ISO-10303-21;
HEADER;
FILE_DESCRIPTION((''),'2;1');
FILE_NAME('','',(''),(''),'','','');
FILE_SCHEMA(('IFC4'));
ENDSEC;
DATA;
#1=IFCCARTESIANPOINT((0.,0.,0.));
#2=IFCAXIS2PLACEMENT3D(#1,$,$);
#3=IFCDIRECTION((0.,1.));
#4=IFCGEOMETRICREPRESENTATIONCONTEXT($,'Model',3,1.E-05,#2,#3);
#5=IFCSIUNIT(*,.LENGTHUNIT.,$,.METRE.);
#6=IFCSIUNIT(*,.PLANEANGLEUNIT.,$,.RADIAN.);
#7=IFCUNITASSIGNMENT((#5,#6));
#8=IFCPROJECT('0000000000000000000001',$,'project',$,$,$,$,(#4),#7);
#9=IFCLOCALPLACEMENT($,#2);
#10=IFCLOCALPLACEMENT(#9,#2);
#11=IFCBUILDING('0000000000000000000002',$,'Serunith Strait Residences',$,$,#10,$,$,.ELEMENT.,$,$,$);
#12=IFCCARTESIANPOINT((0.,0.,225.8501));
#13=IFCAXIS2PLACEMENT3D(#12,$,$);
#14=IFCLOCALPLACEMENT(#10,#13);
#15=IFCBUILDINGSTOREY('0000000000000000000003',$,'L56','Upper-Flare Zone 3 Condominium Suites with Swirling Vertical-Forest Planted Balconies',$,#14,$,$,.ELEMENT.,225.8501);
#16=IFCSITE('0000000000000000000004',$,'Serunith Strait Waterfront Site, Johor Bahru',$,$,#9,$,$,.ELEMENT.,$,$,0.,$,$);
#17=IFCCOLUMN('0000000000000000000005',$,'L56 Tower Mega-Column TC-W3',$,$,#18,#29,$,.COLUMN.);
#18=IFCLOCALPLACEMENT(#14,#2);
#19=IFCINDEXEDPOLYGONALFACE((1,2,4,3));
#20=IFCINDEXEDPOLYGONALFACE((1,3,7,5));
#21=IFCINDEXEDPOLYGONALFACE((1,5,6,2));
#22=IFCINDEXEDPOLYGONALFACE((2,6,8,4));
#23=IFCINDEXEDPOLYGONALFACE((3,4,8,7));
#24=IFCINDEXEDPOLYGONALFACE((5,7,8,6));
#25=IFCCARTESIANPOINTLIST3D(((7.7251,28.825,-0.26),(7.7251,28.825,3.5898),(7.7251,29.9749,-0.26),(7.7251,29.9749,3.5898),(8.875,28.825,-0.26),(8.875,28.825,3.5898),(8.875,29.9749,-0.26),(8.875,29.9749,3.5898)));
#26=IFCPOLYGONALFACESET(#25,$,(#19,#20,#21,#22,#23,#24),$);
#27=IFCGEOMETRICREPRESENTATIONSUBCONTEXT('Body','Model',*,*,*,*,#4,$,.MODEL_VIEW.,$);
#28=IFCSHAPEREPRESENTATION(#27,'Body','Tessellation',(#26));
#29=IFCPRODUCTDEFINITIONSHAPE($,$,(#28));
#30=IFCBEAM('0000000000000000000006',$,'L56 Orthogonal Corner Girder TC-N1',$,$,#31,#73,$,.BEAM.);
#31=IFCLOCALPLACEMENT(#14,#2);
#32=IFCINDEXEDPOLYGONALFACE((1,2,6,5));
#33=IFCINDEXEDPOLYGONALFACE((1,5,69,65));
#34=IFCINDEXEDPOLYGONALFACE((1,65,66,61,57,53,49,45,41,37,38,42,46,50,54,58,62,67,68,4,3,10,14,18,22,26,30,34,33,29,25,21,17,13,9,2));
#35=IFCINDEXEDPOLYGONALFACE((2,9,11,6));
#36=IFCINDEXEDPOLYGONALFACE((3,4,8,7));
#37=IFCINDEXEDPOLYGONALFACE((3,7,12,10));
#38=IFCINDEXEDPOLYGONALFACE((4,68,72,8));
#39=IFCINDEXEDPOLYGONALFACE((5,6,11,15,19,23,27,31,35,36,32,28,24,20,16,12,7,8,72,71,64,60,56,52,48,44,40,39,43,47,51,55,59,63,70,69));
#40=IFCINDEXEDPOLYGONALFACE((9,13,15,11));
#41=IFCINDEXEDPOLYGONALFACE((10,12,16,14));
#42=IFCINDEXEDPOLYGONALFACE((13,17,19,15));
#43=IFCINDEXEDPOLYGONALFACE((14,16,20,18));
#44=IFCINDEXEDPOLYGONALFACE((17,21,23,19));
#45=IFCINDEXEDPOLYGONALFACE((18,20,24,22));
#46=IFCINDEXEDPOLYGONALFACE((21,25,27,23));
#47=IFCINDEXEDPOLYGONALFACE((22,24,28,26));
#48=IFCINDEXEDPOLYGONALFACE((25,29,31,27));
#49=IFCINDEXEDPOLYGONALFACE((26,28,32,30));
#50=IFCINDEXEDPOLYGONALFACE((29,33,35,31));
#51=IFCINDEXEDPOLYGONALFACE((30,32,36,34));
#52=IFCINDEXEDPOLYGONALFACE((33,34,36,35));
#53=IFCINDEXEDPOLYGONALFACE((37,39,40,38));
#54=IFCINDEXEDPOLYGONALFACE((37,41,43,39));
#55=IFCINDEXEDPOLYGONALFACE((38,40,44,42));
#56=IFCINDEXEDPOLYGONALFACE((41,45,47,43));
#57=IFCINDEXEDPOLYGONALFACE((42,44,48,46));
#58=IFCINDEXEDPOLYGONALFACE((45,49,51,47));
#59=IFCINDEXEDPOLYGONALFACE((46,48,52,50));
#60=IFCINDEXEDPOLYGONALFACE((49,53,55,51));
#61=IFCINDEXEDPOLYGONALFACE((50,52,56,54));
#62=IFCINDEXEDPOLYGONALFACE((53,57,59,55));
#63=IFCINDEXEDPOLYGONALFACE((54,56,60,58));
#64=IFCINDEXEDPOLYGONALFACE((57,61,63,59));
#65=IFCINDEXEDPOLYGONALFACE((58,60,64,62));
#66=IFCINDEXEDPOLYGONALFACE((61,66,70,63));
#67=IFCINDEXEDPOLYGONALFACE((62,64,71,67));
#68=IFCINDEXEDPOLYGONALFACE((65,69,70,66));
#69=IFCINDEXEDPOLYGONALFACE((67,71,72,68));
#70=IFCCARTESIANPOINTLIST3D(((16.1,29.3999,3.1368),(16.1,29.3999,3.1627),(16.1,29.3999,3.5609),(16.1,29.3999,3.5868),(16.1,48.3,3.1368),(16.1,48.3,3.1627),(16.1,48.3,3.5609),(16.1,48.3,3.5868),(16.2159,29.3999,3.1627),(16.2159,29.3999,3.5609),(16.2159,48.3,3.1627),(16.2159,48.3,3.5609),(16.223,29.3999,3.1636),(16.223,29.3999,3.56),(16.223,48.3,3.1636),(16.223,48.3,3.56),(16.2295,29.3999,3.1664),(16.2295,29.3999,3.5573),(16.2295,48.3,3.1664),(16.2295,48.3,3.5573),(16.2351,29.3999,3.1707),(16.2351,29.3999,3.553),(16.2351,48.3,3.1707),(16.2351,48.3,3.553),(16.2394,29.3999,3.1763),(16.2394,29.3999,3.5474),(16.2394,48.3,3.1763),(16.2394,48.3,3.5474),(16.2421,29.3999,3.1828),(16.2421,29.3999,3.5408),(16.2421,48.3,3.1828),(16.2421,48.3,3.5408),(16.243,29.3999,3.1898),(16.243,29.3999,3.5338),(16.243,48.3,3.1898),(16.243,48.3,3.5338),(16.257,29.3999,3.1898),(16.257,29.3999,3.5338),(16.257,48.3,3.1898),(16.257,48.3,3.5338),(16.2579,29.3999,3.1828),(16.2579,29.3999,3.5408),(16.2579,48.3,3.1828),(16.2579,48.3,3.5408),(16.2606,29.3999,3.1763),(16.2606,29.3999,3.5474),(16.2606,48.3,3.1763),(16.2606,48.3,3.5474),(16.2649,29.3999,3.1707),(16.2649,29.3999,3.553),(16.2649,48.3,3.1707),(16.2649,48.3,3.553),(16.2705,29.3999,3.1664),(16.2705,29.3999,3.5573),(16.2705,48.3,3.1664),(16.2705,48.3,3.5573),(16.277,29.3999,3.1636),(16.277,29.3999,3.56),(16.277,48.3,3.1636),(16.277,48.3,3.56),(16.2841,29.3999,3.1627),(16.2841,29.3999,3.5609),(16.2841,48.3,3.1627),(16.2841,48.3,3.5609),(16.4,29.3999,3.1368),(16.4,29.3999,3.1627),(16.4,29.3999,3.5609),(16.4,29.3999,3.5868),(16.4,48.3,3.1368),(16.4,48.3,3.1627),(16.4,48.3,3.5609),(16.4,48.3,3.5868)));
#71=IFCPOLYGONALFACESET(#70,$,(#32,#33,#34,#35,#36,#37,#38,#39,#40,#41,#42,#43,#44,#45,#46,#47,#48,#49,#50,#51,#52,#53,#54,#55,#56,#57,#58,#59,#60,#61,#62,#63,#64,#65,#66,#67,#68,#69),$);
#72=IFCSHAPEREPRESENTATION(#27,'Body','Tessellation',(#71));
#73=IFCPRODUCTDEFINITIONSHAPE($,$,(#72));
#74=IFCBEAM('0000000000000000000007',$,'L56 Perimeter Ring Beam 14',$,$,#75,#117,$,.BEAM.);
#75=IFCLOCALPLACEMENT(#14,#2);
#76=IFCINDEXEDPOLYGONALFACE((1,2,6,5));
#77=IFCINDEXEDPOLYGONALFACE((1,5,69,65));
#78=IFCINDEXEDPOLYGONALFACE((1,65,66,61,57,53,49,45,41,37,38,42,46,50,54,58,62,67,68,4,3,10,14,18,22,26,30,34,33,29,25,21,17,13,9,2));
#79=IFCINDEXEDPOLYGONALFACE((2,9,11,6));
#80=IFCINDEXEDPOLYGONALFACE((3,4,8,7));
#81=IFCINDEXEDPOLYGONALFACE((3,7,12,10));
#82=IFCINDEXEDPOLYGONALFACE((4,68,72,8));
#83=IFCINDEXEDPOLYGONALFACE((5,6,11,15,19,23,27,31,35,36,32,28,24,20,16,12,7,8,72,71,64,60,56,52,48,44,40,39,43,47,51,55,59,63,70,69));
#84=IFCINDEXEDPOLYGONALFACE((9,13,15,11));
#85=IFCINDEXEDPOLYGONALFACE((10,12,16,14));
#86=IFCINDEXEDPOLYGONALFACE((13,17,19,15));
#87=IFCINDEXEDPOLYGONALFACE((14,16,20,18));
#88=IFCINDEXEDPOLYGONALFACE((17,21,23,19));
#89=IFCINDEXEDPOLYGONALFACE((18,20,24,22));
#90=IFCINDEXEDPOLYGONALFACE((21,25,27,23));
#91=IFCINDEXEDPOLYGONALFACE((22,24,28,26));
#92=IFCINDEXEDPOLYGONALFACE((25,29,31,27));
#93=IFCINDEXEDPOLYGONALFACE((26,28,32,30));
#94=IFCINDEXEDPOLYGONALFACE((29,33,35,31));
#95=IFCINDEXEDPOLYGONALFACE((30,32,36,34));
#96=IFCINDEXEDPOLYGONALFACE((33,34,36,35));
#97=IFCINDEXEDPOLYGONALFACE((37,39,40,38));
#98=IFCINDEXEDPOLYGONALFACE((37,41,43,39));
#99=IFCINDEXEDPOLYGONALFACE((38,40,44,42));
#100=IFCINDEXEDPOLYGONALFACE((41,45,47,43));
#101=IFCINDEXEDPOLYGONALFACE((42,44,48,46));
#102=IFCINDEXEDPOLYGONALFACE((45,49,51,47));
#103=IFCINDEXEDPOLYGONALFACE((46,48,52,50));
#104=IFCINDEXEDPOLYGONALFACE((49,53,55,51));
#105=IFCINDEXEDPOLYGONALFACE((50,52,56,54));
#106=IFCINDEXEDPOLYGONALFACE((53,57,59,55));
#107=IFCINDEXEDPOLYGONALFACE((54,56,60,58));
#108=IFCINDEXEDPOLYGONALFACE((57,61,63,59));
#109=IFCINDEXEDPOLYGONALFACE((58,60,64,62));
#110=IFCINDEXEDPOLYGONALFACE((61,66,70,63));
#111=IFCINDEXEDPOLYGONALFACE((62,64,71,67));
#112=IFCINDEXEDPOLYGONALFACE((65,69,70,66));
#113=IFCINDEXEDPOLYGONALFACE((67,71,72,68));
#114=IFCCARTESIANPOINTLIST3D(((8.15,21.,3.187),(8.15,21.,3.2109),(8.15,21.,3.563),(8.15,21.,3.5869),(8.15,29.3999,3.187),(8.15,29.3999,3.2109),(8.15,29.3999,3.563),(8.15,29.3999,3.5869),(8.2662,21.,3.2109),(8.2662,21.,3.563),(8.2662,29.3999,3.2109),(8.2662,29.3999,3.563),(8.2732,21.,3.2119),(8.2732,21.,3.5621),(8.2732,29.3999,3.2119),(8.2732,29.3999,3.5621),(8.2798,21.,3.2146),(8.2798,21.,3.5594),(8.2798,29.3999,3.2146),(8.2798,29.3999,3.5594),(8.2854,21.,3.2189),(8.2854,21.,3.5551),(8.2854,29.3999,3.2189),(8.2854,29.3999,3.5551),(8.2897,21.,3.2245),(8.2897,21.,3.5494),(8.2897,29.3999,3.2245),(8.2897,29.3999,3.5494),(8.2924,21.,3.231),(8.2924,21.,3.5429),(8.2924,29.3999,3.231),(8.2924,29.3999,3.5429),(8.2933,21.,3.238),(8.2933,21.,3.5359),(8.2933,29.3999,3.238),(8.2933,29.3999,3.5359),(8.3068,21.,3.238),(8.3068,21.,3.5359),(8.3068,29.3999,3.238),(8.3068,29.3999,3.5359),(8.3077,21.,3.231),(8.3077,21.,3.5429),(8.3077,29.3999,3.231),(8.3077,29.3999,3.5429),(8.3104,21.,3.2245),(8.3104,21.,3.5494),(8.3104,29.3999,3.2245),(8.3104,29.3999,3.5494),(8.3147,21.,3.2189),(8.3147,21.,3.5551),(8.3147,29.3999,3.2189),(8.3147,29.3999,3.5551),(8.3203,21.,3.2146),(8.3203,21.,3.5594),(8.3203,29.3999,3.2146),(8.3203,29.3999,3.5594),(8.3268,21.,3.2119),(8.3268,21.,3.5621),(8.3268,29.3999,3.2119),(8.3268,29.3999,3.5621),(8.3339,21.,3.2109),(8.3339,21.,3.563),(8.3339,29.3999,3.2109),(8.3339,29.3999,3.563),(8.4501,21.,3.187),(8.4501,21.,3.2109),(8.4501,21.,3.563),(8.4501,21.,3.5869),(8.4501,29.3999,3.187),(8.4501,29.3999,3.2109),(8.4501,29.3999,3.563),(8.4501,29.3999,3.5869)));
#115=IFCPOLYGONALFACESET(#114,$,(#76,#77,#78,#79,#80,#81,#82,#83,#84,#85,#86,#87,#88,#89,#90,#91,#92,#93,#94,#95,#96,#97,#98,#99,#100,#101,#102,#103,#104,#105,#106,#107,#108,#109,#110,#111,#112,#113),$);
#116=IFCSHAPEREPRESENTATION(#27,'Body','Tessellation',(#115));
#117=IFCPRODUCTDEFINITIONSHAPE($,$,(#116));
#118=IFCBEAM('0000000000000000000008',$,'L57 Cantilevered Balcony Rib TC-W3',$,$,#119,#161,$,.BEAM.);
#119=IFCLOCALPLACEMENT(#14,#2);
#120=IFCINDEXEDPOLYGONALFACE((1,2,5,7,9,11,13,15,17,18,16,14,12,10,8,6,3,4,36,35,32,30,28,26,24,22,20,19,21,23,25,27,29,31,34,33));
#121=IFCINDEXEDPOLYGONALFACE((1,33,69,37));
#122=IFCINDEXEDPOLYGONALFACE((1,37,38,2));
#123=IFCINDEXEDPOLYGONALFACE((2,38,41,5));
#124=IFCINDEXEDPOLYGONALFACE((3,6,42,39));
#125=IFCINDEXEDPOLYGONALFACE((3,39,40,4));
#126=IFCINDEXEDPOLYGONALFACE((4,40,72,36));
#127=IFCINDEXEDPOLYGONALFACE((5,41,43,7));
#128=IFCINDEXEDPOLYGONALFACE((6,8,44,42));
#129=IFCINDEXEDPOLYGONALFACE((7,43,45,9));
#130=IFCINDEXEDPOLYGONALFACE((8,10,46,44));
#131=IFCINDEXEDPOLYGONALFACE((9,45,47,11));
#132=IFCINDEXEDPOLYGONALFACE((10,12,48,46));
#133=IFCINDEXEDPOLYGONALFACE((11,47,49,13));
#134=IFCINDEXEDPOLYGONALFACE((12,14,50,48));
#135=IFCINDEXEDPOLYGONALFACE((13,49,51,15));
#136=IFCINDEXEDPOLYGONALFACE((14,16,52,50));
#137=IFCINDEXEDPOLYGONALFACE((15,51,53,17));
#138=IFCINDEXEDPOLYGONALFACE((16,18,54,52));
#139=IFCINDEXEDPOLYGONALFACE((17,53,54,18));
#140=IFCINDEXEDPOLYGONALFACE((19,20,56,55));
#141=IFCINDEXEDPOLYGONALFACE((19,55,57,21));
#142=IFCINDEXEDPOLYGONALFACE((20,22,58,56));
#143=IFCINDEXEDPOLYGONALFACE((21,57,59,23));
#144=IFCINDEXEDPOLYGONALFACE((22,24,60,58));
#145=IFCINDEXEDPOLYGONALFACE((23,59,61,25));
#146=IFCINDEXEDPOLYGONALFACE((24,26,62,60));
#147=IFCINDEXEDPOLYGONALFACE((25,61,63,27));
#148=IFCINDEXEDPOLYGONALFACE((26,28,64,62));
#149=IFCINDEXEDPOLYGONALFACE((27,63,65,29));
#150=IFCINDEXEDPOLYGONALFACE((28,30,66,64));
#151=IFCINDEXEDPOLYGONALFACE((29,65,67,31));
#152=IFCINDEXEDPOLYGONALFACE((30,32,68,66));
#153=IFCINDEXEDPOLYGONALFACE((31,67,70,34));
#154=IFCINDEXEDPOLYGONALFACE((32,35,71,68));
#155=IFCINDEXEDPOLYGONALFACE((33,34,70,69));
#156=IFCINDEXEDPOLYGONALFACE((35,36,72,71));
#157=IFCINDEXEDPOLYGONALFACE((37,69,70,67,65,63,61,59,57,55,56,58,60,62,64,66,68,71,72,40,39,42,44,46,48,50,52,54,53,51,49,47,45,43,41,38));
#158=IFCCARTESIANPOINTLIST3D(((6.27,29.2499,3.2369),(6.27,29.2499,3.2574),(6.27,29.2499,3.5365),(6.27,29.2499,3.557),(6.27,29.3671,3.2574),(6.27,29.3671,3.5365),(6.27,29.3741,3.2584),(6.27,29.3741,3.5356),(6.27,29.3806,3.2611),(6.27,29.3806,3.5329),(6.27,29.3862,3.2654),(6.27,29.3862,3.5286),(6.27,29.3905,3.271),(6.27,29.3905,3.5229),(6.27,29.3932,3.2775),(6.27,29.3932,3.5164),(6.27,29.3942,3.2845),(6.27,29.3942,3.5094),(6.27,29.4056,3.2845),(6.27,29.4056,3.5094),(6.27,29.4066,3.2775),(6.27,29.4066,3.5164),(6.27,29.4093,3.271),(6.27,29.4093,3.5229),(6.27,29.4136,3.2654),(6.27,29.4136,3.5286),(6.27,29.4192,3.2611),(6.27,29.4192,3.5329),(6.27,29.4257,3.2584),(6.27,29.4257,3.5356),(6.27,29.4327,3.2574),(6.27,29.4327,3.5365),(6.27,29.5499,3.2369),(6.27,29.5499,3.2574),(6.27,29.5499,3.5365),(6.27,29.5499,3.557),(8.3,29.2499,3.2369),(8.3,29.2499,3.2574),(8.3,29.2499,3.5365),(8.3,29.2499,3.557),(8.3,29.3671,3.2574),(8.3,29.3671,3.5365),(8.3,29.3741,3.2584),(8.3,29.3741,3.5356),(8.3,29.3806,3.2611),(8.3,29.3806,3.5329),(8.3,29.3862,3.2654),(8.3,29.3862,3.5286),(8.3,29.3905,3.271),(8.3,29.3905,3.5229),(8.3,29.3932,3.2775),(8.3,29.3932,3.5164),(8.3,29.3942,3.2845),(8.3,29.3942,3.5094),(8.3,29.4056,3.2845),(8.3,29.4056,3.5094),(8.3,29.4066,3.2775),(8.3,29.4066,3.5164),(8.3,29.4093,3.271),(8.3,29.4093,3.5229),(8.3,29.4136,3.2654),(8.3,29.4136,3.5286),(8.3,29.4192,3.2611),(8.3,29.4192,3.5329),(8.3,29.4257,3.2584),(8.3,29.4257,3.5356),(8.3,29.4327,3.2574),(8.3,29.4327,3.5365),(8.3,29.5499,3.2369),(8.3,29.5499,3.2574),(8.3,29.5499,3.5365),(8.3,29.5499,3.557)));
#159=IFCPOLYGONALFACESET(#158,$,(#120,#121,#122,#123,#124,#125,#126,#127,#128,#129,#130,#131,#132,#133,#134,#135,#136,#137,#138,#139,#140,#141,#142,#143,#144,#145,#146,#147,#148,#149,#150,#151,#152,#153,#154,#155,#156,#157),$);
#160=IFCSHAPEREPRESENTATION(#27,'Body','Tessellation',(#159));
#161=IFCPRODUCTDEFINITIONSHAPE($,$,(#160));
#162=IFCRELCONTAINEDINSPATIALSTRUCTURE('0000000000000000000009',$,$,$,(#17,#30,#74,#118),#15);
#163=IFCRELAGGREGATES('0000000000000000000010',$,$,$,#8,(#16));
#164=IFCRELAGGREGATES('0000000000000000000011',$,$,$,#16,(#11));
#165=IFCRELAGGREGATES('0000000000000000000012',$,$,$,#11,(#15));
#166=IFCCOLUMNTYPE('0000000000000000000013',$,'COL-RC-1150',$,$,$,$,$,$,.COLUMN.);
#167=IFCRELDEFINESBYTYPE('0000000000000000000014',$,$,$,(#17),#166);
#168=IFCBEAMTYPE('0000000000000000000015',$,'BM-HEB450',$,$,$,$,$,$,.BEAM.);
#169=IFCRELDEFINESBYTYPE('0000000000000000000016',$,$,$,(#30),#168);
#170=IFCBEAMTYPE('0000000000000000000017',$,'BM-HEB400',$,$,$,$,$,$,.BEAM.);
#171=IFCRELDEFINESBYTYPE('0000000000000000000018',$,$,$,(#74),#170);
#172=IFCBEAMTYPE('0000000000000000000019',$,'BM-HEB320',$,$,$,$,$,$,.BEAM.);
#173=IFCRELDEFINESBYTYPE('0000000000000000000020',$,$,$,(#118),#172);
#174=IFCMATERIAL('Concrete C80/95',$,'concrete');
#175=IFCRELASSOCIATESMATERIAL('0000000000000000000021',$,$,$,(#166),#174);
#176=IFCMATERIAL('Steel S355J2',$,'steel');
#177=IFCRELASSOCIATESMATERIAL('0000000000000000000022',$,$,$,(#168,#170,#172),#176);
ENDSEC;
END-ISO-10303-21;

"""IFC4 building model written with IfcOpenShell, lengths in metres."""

from ifc_helpers import new_model, si_unit, direction, frame, origin, origin_2d, place, context, subcontext, project, spatial, rectangle, i_section, extrude, source, transform, mapped, material, material_profile, profile_set, type_object, element, save


model = new_model("IFC4")

# Units and contexts
model_context = context("Model", 3, precision=1e-05, world=origin(), true_north=direction((0.0, 1.0)))
body_context = subcontext(model_context, "Body", "Model", "MODEL_VIEW")
ifc_project = project(units=[si_unit("LENGTHUNIT", "METRE"), si_unit("PLANEANGLEUNIT", "RADIAN")], contexts=[model_context])

# Site, building, storey
site_placement = place(None, origin())
site = spatial("IfcSite", under=ifc_project, at=site_placement, Name="Serunith Strait Waterfront Site, Johor Bahru", CompositionType="ELEMENT", RefElevation=0.0)
building_placement = place(site_placement, origin())
building = spatial("IfcBuilding", under=site, at=building_placement, Name="Serunith Strait Residences", CompositionType="ELEMENT")
storey_placement = place(building_placement, frame((0.0, 0.0, 225.8501)))
storey = spatial("IfcBuildingStorey", under=building, at=storey_placement, Name="L56", Description="Upper-Flare Zone 3 Condominium Suites with Swirling Vertical-Forest Planted Balconies", CompositionType="ELEMENT", Elevation=225.8501)

# Column
ifc_material_1 = material(Name="Concrete C80/95", Category="concrete")
ifc_material_profile_1 = material_profile(ifc_material_1, rectangle(XDim=1.1499, YDim=1.1499, at=origin_2d()), Name="RC 1150x1150")
ifc_profile_set_1 = profile_set([ifc_material_profile_1], Name="Concrete C80/95")
column_type = type_object("IfcColumnType", Name="COL-RC-1150", PredefinedType="COLUMN", material=ifc_profile_set_1)
shared_shape_1 = source(origin(), body_context, "Body", "SweptSolid", [
    extrude(rectangle(XDim=1.1499, YDim=1.1499, at=origin_2d()), origin(), (0.0, 0.0, 1.0), 3.8499),
])
column_placement = place(storey_placement, frame((8.3, 29.3999, -0.26), z_axis=(0.0, 0.0, 1.0), x_axis=(1.0, 0.0, 0.0)))
element("IfcColumn", 1, at=column_placement, inside=storey, type_object=column_type, Name="L56 Tower Mega-Column TC-W3", PredefinedType="COLUMN", context=body_context, shape_type="MappedRepresentation", body=[
    mapped(shared_shape_1, transform((0.0, 0.0, 0.0), scale=1.0)),
])

# Beams
ifc_material_2 = material(Name="Steel S355J2", Category="steel")
ifc_material_profile_2 = material_profile(ifc_material_2, i_section(OverallWidth=0.3, OverallDepth=0.45, WebThickness=0.0139, FlangeThickness=0.0259, FilletRadius=0.0271, at=origin_2d()), Name="HEB 450")
ifc_profile_set_2 = profile_set([ifc_material_profile_2], Name="Steel S355J2")
beam_type_1 = type_object("IfcBeamType", Name="BM-HEB450", PredefinedType="BEAM", material=ifc_profile_set_2)
shared_shape_2 = source(origin(), body_context, "Body", "SweptSolid", [
    extrude(i_section(OverallWidth=0.3, OverallDepth=0.45, WebThickness=0.0139, FlangeThickness=0.0259, FilletRadius=0.0271, at=origin_2d()), origin(), (0.0, 0.0, 1.0), 18.9001),
])
beam_1_placement = place(storey_placement, frame((16.25, 29.3999, 3.3618), z_axis=(0.0, 1.0, 0.0), x_axis=(-1.0, 0.0, 0.0)))
element("IfcBeam", 2, at=beam_1_placement, inside=storey, type_object=beam_type_1, Name="L56 Orthogonal Corner Girder TC-N1", PredefinedType="BEAM", context=body_context, shape_type="MappedRepresentation", body=[
    mapped(shared_shape_2, transform((0.0, 0.0, 0.0), scale=1.0)),
])
ifc_material_profile_3 = material_profile(ifc_material_2, i_section(OverallWidth=0.3, OverallDepth=0.3999, WebThickness=0.0134, FlangeThickness=0.0239, FilletRadius=0.0271, at=origin_2d()), Name="HEB 400")
ifc_profile_set_3 = profile_set([ifc_material_profile_3], Name="Steel S355J2")
beam_type_2 = type_object("IfcBeamType", Name="BM-HEB400", PredefinedType="BEAM", material=ifc_profile_set_3)
shared_shape_3 = source(origin(), body_context, "Body", "SweptSolid", [
    extrude(i_section(OverallWidth=0.3, OverallDepth=0.3999, WebThickness=0.0134, FlangeThickness=0.0239, FilletRadius=0.0271, at=origin_2d()), origin(), (0.0, 0.0, 1.0), 8.3999),
])
beam_2_placement = place(storey_placement, frame((8.3, 29.3999, 3.387), z_axis=(0.0, -1.0, 0.0), x_axis=(1.0, 0.0, 0.0)))
element("IfcBeam", 3, at=beam_2_placement, inside=storey, type_object=beam_type_2, Name="L56 Perimeter Ring Beam 14", PredefinedType="BEAM", context=body_context, shape_type="MappedRepresentation", body=[
    mapped(shared_shape_3, transform((0.0, 0.0, 0.0), scale=1.0)),
])
ifc_material_profile_4 = material_profile(ifc_material_2, i_section(OverallWidth=0.3, OverallDepth=0.3201, WebThickness=0.0115, FlangeThickness=0.0205, FilletRadius=0.0271, at=origin_2d()), Name="HEB 320")
ifc_profile_set_4 = profile_set([ifc_material_profile_4], Name="Steel S355J2")
beam_type_3 = type_object("IfcBeamType", Name="BM-HEB320", PredefinedType="BEAM", material=ifc_profile_set_4)
shared_shape_4 = source(origin(), body_context, "Body", "SweptSolid", [
    extrude(i_section(OverallWidth=0.3, OverallDepth=0.3201, WebThickness=0.0115, FlangeThickness=0.0205, FilletRadius=0.0271, at=origin_2d()), origin(), (0.0, 0.0, 1.0), 2.03),
])
beam_3_placement = place(storey_placement, frame((8.3, 29.3999, 3.397), z_axis=(-1.0, 0.0, 0.0), x_axis=(0.0, -1.0, 0.0)))
element("IfcBeam", 4, at=beam_3_placement, inside=storey, type_object=beam_type_3, Name="L57 Cantilevered Balcony Rib TC-W3", PredefinedType="BEAM", context=body_context, shape_type="MappedRepresentation", body=[
    mapped(shared_shape_4, transform((0.0, 0.0, 0.0), scale=1.0)),
])

save(model, "model.ifc")
